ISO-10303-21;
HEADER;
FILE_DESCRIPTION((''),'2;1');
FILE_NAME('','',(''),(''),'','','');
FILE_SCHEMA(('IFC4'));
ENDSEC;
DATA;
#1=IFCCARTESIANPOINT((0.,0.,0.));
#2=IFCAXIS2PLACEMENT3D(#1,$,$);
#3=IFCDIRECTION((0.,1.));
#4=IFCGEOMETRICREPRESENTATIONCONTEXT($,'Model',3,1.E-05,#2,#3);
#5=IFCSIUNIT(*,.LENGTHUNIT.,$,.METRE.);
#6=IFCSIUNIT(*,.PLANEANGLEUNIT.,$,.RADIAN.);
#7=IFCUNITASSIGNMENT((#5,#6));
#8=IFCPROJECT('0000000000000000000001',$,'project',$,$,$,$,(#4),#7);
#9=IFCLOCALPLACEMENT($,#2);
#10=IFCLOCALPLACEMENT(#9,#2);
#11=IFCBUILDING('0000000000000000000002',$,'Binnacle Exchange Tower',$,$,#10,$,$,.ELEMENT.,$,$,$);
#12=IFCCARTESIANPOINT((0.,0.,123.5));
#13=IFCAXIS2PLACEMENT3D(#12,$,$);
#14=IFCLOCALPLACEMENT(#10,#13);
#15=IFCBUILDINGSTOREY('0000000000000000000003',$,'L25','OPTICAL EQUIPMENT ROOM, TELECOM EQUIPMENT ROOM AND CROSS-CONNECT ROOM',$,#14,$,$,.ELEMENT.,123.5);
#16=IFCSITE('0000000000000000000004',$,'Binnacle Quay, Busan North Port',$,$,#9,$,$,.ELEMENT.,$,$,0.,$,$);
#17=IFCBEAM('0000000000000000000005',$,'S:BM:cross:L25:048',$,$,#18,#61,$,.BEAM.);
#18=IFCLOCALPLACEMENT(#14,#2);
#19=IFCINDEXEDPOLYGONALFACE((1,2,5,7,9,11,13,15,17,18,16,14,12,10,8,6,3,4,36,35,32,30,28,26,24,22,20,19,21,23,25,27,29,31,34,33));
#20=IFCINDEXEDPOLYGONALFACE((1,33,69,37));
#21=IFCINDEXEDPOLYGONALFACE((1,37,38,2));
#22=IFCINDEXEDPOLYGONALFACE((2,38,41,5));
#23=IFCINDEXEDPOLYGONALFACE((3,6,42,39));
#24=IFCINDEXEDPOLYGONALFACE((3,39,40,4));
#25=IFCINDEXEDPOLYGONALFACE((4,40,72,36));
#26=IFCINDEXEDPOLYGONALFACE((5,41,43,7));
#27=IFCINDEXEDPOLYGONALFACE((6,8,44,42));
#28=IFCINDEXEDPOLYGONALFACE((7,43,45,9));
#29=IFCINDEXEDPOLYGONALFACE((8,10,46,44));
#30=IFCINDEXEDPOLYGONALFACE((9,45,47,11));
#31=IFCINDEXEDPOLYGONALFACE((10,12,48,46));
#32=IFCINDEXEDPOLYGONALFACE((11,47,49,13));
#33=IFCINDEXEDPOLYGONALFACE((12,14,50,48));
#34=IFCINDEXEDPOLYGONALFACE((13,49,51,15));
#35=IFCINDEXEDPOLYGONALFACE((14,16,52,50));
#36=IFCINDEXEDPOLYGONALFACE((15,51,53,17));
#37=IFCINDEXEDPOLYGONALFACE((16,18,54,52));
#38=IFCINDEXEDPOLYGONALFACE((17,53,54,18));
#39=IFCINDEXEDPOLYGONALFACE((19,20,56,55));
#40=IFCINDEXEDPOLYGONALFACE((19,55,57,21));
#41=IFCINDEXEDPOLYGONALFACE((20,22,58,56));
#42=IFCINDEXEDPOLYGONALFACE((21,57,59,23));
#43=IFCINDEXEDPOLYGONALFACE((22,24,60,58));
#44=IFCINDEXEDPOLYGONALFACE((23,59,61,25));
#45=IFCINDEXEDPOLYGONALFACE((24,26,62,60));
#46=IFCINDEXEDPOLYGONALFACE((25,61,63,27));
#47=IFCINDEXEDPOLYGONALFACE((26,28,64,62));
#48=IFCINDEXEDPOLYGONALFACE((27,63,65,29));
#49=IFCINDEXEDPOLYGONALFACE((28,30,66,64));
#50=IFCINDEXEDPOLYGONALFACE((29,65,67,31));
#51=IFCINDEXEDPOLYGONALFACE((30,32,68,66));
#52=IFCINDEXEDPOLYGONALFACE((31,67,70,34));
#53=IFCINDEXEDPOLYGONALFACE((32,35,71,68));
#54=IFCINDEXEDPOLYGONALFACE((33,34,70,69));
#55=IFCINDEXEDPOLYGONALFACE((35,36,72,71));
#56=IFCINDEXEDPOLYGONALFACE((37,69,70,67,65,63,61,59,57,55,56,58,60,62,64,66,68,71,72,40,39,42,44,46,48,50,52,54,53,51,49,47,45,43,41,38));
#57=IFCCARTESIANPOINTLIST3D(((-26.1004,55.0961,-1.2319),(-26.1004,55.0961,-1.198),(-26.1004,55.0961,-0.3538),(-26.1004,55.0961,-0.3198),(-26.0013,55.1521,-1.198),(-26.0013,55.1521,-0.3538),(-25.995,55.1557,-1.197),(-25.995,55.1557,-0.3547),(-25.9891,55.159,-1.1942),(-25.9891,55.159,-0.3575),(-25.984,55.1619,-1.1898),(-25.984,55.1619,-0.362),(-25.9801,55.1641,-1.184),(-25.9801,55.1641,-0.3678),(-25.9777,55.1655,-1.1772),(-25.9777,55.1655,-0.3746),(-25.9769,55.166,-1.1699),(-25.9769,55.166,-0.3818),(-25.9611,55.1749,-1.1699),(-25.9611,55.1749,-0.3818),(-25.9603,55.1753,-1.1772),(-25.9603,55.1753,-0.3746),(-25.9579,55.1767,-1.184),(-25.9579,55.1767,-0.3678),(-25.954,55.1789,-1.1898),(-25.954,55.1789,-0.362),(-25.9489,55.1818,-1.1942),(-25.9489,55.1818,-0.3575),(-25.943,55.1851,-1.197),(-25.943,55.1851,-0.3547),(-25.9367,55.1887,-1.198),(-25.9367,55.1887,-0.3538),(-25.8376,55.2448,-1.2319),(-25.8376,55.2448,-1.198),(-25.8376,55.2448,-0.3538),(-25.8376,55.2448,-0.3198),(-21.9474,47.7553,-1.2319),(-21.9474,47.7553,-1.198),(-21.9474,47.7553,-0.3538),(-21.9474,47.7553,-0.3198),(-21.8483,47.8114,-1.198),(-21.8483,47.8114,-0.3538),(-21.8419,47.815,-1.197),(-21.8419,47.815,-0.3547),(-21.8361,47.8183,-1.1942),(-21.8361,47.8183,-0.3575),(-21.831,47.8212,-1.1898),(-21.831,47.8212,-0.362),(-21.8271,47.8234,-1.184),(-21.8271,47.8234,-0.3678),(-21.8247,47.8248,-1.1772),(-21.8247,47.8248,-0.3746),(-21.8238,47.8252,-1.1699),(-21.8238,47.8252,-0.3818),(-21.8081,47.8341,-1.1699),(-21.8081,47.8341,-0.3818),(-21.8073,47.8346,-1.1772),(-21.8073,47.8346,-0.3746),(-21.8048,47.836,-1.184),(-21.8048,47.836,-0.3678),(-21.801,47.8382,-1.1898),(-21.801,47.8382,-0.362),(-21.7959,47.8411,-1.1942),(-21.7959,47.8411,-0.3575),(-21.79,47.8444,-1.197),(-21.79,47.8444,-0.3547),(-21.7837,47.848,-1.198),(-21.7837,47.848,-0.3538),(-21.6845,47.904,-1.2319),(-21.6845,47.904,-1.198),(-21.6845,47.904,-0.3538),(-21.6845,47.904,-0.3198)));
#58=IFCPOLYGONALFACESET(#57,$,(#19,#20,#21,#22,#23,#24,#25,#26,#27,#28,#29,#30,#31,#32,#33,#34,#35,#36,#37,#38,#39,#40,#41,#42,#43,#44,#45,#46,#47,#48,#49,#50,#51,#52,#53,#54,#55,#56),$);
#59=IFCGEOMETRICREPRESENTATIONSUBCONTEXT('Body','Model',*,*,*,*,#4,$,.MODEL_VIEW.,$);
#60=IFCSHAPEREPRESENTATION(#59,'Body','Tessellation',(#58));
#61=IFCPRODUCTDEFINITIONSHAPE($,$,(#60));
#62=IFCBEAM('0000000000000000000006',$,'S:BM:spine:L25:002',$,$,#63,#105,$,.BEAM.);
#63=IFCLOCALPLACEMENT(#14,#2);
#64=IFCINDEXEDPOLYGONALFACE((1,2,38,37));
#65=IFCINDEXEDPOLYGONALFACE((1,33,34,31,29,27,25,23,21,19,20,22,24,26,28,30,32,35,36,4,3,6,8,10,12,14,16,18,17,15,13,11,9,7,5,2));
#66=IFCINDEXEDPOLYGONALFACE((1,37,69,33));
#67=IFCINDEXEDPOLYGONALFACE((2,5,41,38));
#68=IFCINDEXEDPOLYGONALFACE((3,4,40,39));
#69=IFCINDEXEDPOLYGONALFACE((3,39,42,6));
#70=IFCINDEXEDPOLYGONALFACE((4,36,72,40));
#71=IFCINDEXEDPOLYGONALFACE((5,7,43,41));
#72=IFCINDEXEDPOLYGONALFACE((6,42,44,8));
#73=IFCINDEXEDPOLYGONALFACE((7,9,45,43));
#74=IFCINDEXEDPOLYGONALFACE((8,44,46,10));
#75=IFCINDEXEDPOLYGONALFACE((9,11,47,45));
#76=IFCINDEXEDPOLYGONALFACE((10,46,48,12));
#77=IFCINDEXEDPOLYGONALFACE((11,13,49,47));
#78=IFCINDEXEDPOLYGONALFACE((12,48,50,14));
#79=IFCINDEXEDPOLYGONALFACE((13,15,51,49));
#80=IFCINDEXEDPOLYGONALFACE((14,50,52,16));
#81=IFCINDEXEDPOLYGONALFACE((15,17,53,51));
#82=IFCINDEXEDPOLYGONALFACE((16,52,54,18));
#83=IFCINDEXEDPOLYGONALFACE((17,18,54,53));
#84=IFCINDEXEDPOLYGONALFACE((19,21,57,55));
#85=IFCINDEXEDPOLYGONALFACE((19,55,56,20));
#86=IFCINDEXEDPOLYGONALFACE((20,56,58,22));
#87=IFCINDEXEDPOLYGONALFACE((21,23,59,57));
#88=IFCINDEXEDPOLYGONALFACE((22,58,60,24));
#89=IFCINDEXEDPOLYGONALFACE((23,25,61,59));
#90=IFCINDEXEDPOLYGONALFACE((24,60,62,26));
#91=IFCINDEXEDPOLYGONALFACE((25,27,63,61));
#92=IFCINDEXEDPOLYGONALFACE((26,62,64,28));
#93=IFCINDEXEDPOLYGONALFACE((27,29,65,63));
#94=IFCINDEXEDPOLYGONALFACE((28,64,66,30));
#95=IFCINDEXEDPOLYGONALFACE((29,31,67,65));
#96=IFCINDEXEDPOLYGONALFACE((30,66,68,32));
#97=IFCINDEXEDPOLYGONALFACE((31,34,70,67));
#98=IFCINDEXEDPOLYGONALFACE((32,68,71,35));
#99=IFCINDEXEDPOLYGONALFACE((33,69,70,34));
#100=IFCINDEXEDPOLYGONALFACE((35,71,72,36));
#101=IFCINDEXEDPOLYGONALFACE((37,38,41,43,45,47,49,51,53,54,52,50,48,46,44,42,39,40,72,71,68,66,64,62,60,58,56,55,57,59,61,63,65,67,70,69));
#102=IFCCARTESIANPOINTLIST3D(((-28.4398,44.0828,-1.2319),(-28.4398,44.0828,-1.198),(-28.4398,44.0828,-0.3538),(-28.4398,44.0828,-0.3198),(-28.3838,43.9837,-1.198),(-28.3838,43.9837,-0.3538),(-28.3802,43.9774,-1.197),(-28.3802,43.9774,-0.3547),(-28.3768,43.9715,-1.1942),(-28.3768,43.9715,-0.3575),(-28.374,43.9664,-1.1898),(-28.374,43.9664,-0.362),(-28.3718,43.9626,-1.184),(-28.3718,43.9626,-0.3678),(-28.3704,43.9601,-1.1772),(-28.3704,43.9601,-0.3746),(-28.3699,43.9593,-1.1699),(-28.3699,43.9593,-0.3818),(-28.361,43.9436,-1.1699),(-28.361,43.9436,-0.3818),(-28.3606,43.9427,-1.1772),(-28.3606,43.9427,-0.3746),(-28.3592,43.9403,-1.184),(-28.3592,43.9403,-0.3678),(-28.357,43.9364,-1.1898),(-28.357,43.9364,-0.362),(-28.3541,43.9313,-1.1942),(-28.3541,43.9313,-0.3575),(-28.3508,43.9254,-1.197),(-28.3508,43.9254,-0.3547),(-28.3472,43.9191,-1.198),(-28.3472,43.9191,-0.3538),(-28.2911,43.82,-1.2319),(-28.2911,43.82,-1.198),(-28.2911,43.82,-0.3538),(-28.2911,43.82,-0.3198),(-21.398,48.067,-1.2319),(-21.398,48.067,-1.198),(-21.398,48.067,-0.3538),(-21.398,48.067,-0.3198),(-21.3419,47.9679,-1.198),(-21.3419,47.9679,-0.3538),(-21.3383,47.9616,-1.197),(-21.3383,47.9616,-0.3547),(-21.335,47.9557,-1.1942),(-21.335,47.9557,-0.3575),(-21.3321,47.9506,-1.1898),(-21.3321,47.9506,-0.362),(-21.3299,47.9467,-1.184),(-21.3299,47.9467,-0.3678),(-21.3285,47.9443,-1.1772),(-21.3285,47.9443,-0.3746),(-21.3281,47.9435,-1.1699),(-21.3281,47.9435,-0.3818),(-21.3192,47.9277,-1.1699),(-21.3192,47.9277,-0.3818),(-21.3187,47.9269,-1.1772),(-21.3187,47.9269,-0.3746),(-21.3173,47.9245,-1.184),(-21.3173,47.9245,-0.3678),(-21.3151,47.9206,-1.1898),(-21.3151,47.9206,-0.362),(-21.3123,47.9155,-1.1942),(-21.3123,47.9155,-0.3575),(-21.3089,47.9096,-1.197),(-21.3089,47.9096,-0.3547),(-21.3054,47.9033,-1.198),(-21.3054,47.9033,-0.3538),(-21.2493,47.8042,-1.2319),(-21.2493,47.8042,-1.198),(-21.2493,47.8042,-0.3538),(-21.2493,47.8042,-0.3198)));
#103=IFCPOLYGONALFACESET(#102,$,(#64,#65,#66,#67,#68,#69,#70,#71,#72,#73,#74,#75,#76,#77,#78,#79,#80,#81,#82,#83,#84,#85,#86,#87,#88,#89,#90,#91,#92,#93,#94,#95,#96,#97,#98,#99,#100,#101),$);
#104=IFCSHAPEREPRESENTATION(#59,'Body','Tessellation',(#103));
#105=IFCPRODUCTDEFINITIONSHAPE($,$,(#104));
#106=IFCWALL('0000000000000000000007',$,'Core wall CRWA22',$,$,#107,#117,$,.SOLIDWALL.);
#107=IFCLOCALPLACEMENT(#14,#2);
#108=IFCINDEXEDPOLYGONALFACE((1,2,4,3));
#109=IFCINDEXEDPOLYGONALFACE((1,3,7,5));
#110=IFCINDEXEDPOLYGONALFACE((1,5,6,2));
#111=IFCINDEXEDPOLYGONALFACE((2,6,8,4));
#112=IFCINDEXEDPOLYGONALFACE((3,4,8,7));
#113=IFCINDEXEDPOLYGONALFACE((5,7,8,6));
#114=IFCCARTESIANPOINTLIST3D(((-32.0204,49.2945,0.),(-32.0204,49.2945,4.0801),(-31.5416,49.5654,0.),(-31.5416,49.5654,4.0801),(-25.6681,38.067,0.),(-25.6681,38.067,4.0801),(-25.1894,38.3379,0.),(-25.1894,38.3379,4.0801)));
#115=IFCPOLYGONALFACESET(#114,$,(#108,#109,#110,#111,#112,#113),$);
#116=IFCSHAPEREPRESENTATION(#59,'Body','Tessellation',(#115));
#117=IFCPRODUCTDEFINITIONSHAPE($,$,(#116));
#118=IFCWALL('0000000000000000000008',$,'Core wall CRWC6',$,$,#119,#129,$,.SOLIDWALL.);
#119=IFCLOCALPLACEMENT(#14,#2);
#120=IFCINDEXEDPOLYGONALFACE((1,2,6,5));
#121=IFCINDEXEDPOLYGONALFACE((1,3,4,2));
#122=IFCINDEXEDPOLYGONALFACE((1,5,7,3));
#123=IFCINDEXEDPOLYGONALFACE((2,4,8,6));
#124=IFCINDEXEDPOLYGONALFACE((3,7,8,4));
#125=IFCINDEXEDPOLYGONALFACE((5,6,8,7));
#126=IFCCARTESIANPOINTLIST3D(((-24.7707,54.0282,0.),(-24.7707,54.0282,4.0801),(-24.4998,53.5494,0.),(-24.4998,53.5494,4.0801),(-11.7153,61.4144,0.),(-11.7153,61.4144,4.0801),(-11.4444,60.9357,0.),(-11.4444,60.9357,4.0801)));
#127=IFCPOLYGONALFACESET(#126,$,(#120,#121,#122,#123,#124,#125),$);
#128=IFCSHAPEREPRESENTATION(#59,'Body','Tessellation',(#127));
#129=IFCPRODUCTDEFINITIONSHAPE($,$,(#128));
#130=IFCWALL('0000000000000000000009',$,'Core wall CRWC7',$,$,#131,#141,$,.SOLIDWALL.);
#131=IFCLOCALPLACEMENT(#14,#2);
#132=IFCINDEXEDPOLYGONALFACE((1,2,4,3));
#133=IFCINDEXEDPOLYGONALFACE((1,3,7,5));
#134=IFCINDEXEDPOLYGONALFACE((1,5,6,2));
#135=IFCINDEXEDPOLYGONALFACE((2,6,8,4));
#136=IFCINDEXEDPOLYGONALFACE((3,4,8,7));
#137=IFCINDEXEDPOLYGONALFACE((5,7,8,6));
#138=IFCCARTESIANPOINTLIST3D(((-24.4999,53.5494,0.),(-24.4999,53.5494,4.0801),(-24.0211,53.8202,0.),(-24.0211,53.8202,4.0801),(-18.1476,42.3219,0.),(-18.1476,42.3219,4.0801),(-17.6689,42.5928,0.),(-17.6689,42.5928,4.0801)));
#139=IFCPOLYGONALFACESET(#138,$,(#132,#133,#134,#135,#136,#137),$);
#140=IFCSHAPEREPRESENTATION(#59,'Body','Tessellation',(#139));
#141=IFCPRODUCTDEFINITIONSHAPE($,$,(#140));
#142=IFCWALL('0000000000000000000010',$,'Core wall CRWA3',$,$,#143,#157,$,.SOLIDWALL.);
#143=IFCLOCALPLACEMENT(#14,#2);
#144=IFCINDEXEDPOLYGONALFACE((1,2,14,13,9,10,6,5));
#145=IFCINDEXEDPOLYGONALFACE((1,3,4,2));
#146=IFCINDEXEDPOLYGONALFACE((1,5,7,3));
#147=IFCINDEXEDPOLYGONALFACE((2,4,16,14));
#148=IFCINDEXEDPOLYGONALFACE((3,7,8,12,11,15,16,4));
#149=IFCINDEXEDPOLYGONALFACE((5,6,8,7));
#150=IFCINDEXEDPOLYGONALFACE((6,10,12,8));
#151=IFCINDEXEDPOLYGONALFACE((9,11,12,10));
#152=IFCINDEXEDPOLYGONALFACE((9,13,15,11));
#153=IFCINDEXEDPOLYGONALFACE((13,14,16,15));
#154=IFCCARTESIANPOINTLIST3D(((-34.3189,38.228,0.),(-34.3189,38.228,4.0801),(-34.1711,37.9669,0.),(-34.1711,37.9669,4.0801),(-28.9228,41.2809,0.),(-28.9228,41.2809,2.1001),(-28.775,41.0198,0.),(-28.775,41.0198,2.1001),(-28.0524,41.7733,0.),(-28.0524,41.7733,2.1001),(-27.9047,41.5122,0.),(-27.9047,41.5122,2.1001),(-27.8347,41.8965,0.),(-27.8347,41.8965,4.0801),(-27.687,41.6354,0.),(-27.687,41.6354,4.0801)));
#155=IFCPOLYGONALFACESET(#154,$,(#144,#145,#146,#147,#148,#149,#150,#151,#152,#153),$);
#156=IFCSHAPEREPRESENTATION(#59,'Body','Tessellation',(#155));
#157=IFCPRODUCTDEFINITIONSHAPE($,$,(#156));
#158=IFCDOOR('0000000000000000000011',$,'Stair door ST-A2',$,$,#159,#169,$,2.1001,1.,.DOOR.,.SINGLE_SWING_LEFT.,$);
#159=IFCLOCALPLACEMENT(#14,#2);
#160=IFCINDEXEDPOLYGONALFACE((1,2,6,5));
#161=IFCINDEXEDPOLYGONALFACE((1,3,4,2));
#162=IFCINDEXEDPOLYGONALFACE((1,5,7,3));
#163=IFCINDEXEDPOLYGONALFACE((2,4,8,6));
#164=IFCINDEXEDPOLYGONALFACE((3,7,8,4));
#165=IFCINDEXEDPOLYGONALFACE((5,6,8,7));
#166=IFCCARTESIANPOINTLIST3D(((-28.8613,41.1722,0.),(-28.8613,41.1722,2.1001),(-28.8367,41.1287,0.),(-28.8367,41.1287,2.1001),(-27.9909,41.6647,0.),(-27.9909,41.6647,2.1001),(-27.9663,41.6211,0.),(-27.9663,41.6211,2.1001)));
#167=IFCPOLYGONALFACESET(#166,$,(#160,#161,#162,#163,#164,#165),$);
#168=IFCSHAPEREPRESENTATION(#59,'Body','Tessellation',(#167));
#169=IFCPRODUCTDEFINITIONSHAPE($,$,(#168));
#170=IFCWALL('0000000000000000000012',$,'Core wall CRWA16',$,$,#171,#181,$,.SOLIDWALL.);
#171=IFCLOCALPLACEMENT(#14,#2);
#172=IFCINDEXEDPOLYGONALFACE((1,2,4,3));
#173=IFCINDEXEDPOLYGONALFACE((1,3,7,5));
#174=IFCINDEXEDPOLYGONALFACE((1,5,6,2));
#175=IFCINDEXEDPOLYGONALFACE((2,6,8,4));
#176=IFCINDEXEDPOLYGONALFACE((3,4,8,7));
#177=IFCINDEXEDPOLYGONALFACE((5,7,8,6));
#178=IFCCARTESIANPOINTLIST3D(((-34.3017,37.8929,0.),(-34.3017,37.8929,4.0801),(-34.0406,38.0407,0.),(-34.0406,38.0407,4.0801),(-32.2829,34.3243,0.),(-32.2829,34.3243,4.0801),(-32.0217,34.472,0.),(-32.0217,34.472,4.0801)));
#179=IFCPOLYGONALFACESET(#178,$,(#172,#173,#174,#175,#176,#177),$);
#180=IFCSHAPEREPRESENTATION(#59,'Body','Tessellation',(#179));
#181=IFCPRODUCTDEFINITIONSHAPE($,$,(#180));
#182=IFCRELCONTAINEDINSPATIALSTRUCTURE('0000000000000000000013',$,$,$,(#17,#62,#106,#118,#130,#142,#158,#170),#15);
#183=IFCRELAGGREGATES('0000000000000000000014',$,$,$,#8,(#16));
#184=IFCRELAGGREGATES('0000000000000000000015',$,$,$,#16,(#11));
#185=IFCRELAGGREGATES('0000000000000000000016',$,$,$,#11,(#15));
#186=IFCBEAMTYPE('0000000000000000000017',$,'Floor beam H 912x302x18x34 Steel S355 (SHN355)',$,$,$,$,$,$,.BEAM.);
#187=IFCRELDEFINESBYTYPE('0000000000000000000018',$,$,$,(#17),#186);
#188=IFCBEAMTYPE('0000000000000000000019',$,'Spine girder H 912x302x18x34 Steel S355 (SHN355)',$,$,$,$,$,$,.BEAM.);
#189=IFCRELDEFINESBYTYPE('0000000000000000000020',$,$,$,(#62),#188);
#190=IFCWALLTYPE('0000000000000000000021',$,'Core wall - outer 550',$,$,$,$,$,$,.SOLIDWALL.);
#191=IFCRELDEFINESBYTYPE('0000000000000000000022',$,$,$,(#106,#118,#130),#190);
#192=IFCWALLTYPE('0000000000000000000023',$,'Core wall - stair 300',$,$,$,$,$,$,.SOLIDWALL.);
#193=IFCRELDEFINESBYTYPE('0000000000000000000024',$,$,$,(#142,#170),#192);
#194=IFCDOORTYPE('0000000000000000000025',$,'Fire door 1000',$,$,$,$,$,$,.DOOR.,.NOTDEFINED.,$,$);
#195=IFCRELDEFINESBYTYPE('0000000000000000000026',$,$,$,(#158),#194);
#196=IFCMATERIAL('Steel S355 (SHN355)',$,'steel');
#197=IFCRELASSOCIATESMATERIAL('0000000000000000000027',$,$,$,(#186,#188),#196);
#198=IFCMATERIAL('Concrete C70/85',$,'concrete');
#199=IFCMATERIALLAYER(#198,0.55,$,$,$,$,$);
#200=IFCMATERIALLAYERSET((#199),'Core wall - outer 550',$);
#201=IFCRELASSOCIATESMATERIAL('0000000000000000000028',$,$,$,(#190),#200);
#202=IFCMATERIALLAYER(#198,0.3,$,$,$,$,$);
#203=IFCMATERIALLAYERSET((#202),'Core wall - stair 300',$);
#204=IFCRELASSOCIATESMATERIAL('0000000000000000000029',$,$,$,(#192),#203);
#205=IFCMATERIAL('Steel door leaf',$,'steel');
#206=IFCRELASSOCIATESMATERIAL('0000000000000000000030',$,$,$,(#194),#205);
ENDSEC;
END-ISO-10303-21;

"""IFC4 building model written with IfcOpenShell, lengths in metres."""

from ifc_helpers import new_model, si_unit, direction, frame, frame_2d, origin, origin_2d, place, context, subcontext, project, spatial, rectangle, i_section, extrude, material, layer, layer_set, material_profile, profile_set, type_object, element, fill, save


model = new_model("IFC4")

# Units and contexts
model_context = context("Model", 3, precision=1e-05, world=origin(), true_north=direction((0.0, 1.0)))
body_context = subcontext(model_context, "Body", "Model", "MODEL_VIEW")
ifc_project = project(units=[si_unit("LENGTHUNIT", "METRE"), si_unit("PLANEANGLEUNIT", "RADIAN")], contexts=[model_context])

# Site, building, storey
site_placement = place(None, origin())
site = spatial("IfcSite", under=ifc_project, at=site_placement, Name="Binnacle Quay, Busan North Port", CompositionType="ELEMENT", RefElevation=0.0)
building_placement = place(site_placement, origin())
building = spatial("IfcBuilding", under=site, at=building_placement, Name="Binnacle Exchange Tower", CompositionType="ELEMENT")
storey_placement = place(building_placement, frame((0.0, 0.0, 123.5)))
storey = spatial("IfcBuildingStorey", under=building, at=storey_placement, Name="L25", Description="OPTICAL EQUIPMENT ROOM, TELECOM EQUIPMENT ROOM AND CROSS-CONNECT ROOM", CompositionType="ELEMENT", Elevation=123.5)

# Shared definitions
ifc_material_1 = material(Name="Concrete C70/85", Category="concrete")

# Beams
ifc_material_2 = material(Name="Steel S355 (SHN355)", Category="steel")
ifc_material_profile_1 = material_profile(ifc_material_2, i_section(OverallWidth=0.302, OverallDepth=0.9121, WebThickness=0.0181, FlangeThickness=0.0339, FilletRadius=0.0281, at=origin_2d()), Name="H 912x302x18x34")
ifc_profile_set_1 = profile_set([ifc_material_profile_1], Name="Steel S355 (SHN355)")
beam_type_1 = type_object("IfcBeamType", Name="Floor beam H 912x302x18x34 Steel S355 (SHN355)", PredefinedType="BEAM", material=ifc_profile_set_1)
beam_1_placement = place(storey_placement, frame((-25.969, 55.1704, -0.7759), z_axis=(0.492409, -0.870364, 0.0), x_axis=(0.870364, 0.492409, 0.0)))
element("IfcBeam", 1, at=beam_1_placement, inside=storey, type_object=beam_type_1, Name="S:BM:cross:L25:048", PredefinedType="BEAM", context=body_context, shape_type="SweptSolid", body=[
    extrude(i_section(OverallWidth=0.302, OverallDepth=0.9121, WebThickness=0.0181, FlangeThickness=0.0339, FilletRadius=0.0281, at=origin_2d()), origin(), (0.0, 0.0, 1.0), 8.4341),
])
ifc_material_profile_2 = material_profile(ifc_material_2, i_section(OverallWidth=0.302, OverallDepth=0.9121, WebThickness=0.0181, FlangeThickness=0.0339, FilletRadius=0.0281, at=origin_2d()), Name="H 912x302x18x34")
ifc_profile_set_2 = profile_set([ifc_material_profile_2], Name="Steel S355 (SHN355)")
beam_type_2 = type_object("IfcBeamType", Name="Spine girder H 912x302x18x34 Steel S355 (SHN355)", PredefinedType="BEAM", material=ifc_profile_set_2)
beam_2_placement = place(storey_placement, frame((-28.3655, 43.9514, -0.7759), z_axis=(0.87035, 0.492433, 0.0), x_axis=(-0.492433, 0.87035, 0.0)))
element("IfcBeam", 2, at=beam_2_placement, inside=storey, type_object=beam_type_2, Name="S:BM:spine:L25:002", PredefinedType="BEAM", context=body_context, shape_type="SweptSolid", body=[
    extrude(i_section(OverallWidth=0.302, OverallDepth=0.9121, WebThickness=0.0181, FlangeThickness=0.0339, FilletRadius=0.0281, at=origin_2d()), origin(), (0.0, 0.0, 1.0), 8.0908),
])

# Walls
ifc_layer_1 = layer(ifc_material_1, 0.55)
ifc_layer_set_1 = layer_set([ifc_layer_1], Name="Core wall - outer 550")
wall_type_1 = type_object("IfcWallType", Name="Core wall - outer 550", PredefinedType="SOLIDWALL", material=ifc_layer_set_1)
wall_1_placement = place(storey_placement, frame((-31.781, 49.4299, 0.0), z_axis=(0.0, 0.0, 1.0), x_axis=(0.492427, -0.870354, 0.0)))
element("IfcWall", 3, at=wall_1_placement, inside=storey, type_object=wall_type_1, Name="Core wall CRWA22", PredefinedType="SOLIDWALL", context=body_context, shape_type="SweptSolid", body=[
    extrude(rectangle(XDim=12.8999, YDim=0.55, at=frame_2d((6.45, 0.0))), origin(), (0.0, 0.0, 1.0), 4.0801),
])
wall_2_placement = place(storey_placement, frame((-24.6353, 53.7888, 0.0), z_axis=(0.0, 0.0, 1.0), x_axis=(0.870361, 0.492415, 0.0)))
element("IfcWall", 4, at=wall_2_placement, inside=storey, type_object=wall_type_1, Name="Core wall CRWC6", PredefinedType="SOLIDWALL", context=body_context, shape_type="SweptSolid", body=[
    extrude(rectangle(XDim=15.0, YDim=0.55, at=frame_2d((7.5, 0.0))), origin(), (0.0, 0.0, 1.0), 4.0801),
])
wall_3_placement = place(storey_placement, frame((-24.2605, 53.6848, 0.0), z_axis=(0.0, 0.0, 1.0), x_axis=(0.492427, -0.870354, 0.0)))
element("IfcWall", 5, at=wall_3_placement, inside=storey, type_object=wall_type_1, Name="Core wall CRWC7", PredefinedType="SOLIDWALL", context=body_context, shape_type="SweptSolid", body=[
    extrude(rectangle(XDim=12.8999, YDim=0.55, at=frame_2d((6.45, 0.0))), origin(), (0.0, 0.0, 1.0), 4.0801),
])

# Wall, opening, door
ifc_layer_2 = layer(ifc_material_1, 0.3)
ifc_layer_set_2 = layer_set([ifc_layer_2], Name="Core wall - stair 300")
wall_type_2 = type_object("IfcWallType", Name="Core wall - stair 300", PredefinedType="SOLIDWALL", material=ifc_layer_set_2)
wall_4_placement = place(storey_placement, frame((-34.2451, 38.0974, 0.0), z_axis=(0.0, 0.0, 1.0), x_axis=(0.870361, 0.492415, 0.0)))
wall_4 = element("IfcWall", 6, at=wall_4_placement, inside=storey, type_object=wall_type_2, Name="Core wall CRWA3", PredefinedType="SOLIDWALL", context=body_context, shape_type="SweptSolid", body=[
    extrude(rectangle(XDim=7.45, YDim=0.3, at=frame_2d((3.7251, 0.0))), origin(), (0.0, 0.0, 1.0), 4.0801),
])
opening_1_placement = place(wall_4_placement, frame((6.2, 0.0, 0.0)))
opening_1 = element("IfcOpeningElement", 7, at=opening_1_placement, cuts=wall_4, PredefinedType="OPENING", context=body_context, shape_type="SweptSolid", body=[
    extrude(rectangle(XDim=1.0, YDim=2.1001, at=frame_2d((0.5, 1.05))), frame((0.0, 0.1599, 0.0), z_axis=(0.0, -1.0, 0.0), x_axis=(1.0, 0.0, 0.0)), (0.0, 0.0, 1.0), 0.3201),
])
ifc_material_3 = material(Name="Steel door leaf", Category="steel")
door_type_1 = type_object("IfcDoorType", Name="Fire door 1000", OperationType="NOTDEFINED", PredefinedType="DOOR", material=ifc_material_3)
door_1_placement = place(opening_1_placement, frame((1.0, 0.0, 0.0), z_axis=(0.0, 0.0, 1.0), x_axis=(-1.0, 0.0, 0.0)))
door_1 = element("IfcDoor", 8, at=door_1_placement, inside=storey, type_object=door_type_1, Name="Stair door ST-A2", OperationType="SINGLE_SWING_LEFT", OverallHeight=2.1001, OverallWidth=1.0, PredefinedType="DOOR", context=body_context, shape_type="SweptSolid", body=[
    extrude(rectangle(XDim=1.0, YDim=2.1001, at=frame_2d((0.5, 1.05))), frame((0.0, 0.0249, 0.0), z_axis=(0.0, -1.0, 0.0), x_axis=(1.0, 0.0, 0.0)), (0.0, 0.0, 1.0), 0.05),
])
fill(opening_1, door_1)

# Wall
wall_5_placement = place(storey_placement, frame((-34.1711, 37.9668, 0.0), z_axis=(0.0, 0.0, 1.0), x_axis=(0.492383, -0.870379, 0.0)))
element("IfcWall", 9, at=wall_5_placement, inside=storey, type_object=wall_type_2, Name="Core wall CRWA16", PredefinedType="SOLIDWALL", context=body_context, shape_type="SweptSolid", body=[
    extrude(rectangle(XDim=4.1001, YDim=0.3, at=frame_2d((2.05, 0.0))), origin(), (0.0, 0.0, 1.0), 4.0801),
])

save(model, "model.ifc")
